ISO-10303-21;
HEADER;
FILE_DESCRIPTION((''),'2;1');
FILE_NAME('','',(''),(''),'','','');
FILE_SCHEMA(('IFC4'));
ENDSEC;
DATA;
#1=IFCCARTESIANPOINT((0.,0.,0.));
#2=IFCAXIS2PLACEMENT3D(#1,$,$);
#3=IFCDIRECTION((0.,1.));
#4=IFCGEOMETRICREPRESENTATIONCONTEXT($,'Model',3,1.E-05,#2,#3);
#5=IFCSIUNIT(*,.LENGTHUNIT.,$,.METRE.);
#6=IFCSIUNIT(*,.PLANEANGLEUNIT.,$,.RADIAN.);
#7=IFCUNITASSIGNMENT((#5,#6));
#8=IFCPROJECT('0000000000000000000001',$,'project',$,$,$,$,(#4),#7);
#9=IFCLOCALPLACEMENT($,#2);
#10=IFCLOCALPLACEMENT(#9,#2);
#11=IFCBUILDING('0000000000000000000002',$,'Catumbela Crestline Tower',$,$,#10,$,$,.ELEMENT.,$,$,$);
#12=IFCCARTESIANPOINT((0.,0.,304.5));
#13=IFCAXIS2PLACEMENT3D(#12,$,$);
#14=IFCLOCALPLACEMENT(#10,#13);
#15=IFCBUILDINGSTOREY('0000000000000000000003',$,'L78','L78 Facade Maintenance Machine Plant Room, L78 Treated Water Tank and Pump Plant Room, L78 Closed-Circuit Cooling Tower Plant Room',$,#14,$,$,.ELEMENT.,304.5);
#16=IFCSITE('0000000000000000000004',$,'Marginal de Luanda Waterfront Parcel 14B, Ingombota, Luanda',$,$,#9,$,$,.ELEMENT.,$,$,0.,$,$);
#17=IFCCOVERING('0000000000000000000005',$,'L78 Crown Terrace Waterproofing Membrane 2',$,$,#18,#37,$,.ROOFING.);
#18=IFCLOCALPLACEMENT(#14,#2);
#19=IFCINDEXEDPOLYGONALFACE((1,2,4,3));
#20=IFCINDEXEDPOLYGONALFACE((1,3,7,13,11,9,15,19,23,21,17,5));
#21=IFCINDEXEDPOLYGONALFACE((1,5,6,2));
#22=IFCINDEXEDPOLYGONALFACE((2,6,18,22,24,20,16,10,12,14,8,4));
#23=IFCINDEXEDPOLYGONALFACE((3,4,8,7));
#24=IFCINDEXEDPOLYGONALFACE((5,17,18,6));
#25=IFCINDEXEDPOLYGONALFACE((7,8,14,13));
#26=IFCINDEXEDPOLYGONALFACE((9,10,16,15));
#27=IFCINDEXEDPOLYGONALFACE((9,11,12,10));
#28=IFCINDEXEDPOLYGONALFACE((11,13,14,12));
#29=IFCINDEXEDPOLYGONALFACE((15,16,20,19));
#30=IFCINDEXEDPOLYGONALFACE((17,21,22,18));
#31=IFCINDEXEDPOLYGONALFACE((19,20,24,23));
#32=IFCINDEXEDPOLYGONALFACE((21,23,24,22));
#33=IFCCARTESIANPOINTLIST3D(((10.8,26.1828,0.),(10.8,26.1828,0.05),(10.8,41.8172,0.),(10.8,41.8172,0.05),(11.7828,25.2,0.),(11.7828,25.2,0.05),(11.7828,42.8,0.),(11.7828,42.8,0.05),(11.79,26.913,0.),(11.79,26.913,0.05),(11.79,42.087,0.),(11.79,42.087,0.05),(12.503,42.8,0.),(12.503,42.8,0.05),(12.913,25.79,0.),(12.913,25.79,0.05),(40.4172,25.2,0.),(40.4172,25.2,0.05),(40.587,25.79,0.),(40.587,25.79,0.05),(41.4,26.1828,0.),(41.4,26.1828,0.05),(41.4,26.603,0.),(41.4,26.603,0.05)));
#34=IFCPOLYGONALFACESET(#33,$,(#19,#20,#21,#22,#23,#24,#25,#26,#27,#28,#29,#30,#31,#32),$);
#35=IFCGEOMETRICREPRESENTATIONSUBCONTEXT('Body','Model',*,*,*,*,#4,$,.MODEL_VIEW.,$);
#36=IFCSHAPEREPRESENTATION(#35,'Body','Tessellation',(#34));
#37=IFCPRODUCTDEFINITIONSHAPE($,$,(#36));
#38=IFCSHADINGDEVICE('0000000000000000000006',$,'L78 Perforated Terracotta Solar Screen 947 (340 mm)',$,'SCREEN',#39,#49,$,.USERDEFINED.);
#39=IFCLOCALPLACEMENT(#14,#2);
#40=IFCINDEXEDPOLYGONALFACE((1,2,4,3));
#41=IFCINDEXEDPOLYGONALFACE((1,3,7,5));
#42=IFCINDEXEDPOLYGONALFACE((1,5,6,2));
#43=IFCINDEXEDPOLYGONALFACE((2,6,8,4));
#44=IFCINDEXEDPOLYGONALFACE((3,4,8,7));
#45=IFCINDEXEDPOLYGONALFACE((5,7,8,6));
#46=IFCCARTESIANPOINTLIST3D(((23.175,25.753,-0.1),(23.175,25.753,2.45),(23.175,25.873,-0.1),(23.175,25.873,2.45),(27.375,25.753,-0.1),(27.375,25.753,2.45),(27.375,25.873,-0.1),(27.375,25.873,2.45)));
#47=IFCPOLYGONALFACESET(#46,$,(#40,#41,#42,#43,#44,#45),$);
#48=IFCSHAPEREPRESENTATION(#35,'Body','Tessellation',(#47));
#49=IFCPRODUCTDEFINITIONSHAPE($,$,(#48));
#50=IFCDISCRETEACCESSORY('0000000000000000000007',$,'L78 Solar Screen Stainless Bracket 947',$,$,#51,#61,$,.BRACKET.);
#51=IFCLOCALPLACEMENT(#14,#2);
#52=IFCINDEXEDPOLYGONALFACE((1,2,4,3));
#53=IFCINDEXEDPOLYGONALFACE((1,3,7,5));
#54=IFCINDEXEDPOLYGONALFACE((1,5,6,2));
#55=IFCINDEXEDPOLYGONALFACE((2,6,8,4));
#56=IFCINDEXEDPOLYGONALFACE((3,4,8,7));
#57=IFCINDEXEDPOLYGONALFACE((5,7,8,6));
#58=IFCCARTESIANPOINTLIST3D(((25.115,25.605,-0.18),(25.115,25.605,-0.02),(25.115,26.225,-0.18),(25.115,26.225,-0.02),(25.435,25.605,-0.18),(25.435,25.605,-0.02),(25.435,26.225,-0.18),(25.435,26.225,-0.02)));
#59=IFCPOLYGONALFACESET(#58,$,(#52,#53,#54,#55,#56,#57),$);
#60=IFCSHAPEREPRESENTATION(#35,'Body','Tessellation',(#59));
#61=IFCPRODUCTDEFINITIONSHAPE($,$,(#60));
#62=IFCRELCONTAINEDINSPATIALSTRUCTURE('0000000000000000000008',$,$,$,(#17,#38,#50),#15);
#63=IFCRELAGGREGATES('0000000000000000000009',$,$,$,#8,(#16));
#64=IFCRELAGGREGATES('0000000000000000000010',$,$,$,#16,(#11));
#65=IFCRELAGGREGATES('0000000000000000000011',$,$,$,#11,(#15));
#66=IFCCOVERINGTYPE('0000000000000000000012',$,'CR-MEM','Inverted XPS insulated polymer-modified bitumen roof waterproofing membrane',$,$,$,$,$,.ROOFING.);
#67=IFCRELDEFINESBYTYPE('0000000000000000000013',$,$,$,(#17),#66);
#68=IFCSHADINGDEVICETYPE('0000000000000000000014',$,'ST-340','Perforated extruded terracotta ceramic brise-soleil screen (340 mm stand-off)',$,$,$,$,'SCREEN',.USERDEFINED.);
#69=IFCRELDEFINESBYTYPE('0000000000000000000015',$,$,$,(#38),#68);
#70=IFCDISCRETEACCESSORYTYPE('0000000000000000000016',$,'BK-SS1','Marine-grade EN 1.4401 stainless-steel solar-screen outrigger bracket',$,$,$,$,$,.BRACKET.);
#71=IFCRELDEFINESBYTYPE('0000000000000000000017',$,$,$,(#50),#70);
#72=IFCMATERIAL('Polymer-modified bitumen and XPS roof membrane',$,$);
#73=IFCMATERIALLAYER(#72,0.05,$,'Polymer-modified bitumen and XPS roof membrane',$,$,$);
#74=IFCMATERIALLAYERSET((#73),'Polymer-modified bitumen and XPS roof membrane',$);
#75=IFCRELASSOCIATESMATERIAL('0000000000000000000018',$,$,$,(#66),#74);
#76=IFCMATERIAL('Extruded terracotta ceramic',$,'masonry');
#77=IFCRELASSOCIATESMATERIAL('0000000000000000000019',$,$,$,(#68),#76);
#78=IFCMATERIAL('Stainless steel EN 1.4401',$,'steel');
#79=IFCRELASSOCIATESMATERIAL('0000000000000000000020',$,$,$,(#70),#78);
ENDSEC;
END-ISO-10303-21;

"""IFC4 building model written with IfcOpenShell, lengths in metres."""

from ifc_helpers import new_model, si_unit, direction, frame, origin, origin_2d, place, context, subcontext, project, spatial, polyline, rectangle, outline, extrude, material, layer, layer_set, type_object, element, save


model = new_model("IFC4")

# Units and contexts
model_context = context("Model", 3, precision=1e-05, world=origin(), true_north=direction((0.0, 1.0)))
body_context = subcontext(model_context, "Body", "Model", "MODEL_VIEW")
ifc_project = project(units=[si_unit("LENGTHUNIT", "METRE"), si_unit("PLANEANGLEUNIT", "RADIAN")], contexts=[model_context])

# Site, building, storey
site_placement = place(None, origin())
site = spatial("IfcSite", under=ifc_project, at=site_placement, Name="Marginal de Luanda Waterfront Parcel 14B, Ingombota, Luanda", CompositionType="ELEMENT", RefElevation=0.0)
building_placement = place(site_placement, origin())
building = spatial("IfcBuilding", under=site, at=building_placement, Name="Catumbela Crestline Tower", CompositionType="ELEMENT")
storey_placement = place(building_placement, frame((0.0, 0.0, 304.5)))
storey = spatial("IfcBuildingStorey", under=building, at=storey_placement, Name="L78", Description="L78 Facade Maintenance Machine Plant Room, L78 Treated Water Tank and Pump Plant Room, L78 Closed-Circuit Cooling Tower Plant Room", CompositionType="ELEMENT", Elevation=304.5)

# Shared definitions
ifc_material_1 = material(Name="Stainless steel EN 1.4401", Category="steel")

# Covering
ifc_material_2 = material(Name="Polymer-modified bitumen and XPS roof membrane")
ifc_layer_1 = layer(ifc_material_2, 0.05, Name="Polymer-modified bitumen and XPS roof membrane")
ifc_layer_set_1 = layer_set([ifc_layer_1], Name="Polymer-modified bitumen and XPS roof membrane")
covering_type = type_object("IfcCoveringType", Name="CR-MEM", Description="Inverted XPS insulated polymer-modified bitumen roof waterproofing membrane", PredefinedType="ROOFING", material=ifc_layer_set_1)
covering_placement = place(storey_placement, origin())
element("IfcCovering", 1, at=covering_placement, inside=storey, type_object=covering_type, Name="L78 Crown Terrace Waterproofing Membrane 2", PredefinedType="ROOFING", context=body_context, shape_type="SweptSolid", body=[
    extrude(outline(polyline([(41.4, 26.1828), (40.4172, 25.2), (11.7828, 25.2), (10.8, 26.1828), (10.8, 41.8172), (11.7828, 42.8), (12.503, 42.8), (11.79, 42.087), (11.79, 26.913), (12.913, 25.79), (40.587, 25.79), (41.4, 26.603), (41.4, 26.1828)])), origin(), (0.0, 0.0, 1.0), 0.05),
])

# Shading device
ifc_material_3 = material(Name="Extruded terracotta ceramic", Category="masonry")
shading_device_type = type_object("IfcShadingDeviceType", Name="ST-340", Description="Perforated extruded terracotta ceramic brise-soleil screen (340 mm stand-off)", ElementType="SCREEN", PredefinedType="USERDEFINED", material=ifc_material_3)
shading_device_placement = place(storey_placement, frame((25.275, 25.813, -0.1), z_axis=(0.0, 0.0, 1.0), x_axis=(1.0, 0.0, 0.0)))
element("IfcShadingDevice", 2, at=shading_device_placement, inside=storey, type_object=shading_device_type, Name="L78 Perforated Terracotta Solar Screen 947 (340 mm)", ObjectType="SCREEN", PredefinedType="USERDEFINED", context=body_context, shape_type="SweptSolid", body=[
    extrude(rectangle(XDim=4.2, YDim=0.12, at=origin_2d()), origin(), (0.0, 0.0, 1.0), 2.55),
])

# Discrete accessory
discrete_accessory_type = type_object("IfcDiscreteAccessoryType", Name="BK-SS1", Description="Marine-grade EN 1.4401 stainless-steel solar-screen outrigger bracket", PredefinedType="BRACKET", material=ifc_material_1)
discrete_accessory_placement = place(storey_placement, frame((25.275, 25.915, -0.18), z_axis=(0.0, 0.0, 1.0), x_axis=(1.0, 0.0, 0.0)))
element("IfcDiscreteAccessory", 3, at=discrete_accessory_placement, inside=storey, type_object=discrete_accessory_type, Name="L78 Solar Screen Stainless Bracket 947", PredefinedType="BRACKET", context=body_context, shape_type="SweptSolid", body=[
    extrude(rectangle(XDim=0.32, YDim=0.62, at=origin_2d()), origin(), (0.0, 0.0, 1.0), 0.16),
])

save(model, "model.ifc")
